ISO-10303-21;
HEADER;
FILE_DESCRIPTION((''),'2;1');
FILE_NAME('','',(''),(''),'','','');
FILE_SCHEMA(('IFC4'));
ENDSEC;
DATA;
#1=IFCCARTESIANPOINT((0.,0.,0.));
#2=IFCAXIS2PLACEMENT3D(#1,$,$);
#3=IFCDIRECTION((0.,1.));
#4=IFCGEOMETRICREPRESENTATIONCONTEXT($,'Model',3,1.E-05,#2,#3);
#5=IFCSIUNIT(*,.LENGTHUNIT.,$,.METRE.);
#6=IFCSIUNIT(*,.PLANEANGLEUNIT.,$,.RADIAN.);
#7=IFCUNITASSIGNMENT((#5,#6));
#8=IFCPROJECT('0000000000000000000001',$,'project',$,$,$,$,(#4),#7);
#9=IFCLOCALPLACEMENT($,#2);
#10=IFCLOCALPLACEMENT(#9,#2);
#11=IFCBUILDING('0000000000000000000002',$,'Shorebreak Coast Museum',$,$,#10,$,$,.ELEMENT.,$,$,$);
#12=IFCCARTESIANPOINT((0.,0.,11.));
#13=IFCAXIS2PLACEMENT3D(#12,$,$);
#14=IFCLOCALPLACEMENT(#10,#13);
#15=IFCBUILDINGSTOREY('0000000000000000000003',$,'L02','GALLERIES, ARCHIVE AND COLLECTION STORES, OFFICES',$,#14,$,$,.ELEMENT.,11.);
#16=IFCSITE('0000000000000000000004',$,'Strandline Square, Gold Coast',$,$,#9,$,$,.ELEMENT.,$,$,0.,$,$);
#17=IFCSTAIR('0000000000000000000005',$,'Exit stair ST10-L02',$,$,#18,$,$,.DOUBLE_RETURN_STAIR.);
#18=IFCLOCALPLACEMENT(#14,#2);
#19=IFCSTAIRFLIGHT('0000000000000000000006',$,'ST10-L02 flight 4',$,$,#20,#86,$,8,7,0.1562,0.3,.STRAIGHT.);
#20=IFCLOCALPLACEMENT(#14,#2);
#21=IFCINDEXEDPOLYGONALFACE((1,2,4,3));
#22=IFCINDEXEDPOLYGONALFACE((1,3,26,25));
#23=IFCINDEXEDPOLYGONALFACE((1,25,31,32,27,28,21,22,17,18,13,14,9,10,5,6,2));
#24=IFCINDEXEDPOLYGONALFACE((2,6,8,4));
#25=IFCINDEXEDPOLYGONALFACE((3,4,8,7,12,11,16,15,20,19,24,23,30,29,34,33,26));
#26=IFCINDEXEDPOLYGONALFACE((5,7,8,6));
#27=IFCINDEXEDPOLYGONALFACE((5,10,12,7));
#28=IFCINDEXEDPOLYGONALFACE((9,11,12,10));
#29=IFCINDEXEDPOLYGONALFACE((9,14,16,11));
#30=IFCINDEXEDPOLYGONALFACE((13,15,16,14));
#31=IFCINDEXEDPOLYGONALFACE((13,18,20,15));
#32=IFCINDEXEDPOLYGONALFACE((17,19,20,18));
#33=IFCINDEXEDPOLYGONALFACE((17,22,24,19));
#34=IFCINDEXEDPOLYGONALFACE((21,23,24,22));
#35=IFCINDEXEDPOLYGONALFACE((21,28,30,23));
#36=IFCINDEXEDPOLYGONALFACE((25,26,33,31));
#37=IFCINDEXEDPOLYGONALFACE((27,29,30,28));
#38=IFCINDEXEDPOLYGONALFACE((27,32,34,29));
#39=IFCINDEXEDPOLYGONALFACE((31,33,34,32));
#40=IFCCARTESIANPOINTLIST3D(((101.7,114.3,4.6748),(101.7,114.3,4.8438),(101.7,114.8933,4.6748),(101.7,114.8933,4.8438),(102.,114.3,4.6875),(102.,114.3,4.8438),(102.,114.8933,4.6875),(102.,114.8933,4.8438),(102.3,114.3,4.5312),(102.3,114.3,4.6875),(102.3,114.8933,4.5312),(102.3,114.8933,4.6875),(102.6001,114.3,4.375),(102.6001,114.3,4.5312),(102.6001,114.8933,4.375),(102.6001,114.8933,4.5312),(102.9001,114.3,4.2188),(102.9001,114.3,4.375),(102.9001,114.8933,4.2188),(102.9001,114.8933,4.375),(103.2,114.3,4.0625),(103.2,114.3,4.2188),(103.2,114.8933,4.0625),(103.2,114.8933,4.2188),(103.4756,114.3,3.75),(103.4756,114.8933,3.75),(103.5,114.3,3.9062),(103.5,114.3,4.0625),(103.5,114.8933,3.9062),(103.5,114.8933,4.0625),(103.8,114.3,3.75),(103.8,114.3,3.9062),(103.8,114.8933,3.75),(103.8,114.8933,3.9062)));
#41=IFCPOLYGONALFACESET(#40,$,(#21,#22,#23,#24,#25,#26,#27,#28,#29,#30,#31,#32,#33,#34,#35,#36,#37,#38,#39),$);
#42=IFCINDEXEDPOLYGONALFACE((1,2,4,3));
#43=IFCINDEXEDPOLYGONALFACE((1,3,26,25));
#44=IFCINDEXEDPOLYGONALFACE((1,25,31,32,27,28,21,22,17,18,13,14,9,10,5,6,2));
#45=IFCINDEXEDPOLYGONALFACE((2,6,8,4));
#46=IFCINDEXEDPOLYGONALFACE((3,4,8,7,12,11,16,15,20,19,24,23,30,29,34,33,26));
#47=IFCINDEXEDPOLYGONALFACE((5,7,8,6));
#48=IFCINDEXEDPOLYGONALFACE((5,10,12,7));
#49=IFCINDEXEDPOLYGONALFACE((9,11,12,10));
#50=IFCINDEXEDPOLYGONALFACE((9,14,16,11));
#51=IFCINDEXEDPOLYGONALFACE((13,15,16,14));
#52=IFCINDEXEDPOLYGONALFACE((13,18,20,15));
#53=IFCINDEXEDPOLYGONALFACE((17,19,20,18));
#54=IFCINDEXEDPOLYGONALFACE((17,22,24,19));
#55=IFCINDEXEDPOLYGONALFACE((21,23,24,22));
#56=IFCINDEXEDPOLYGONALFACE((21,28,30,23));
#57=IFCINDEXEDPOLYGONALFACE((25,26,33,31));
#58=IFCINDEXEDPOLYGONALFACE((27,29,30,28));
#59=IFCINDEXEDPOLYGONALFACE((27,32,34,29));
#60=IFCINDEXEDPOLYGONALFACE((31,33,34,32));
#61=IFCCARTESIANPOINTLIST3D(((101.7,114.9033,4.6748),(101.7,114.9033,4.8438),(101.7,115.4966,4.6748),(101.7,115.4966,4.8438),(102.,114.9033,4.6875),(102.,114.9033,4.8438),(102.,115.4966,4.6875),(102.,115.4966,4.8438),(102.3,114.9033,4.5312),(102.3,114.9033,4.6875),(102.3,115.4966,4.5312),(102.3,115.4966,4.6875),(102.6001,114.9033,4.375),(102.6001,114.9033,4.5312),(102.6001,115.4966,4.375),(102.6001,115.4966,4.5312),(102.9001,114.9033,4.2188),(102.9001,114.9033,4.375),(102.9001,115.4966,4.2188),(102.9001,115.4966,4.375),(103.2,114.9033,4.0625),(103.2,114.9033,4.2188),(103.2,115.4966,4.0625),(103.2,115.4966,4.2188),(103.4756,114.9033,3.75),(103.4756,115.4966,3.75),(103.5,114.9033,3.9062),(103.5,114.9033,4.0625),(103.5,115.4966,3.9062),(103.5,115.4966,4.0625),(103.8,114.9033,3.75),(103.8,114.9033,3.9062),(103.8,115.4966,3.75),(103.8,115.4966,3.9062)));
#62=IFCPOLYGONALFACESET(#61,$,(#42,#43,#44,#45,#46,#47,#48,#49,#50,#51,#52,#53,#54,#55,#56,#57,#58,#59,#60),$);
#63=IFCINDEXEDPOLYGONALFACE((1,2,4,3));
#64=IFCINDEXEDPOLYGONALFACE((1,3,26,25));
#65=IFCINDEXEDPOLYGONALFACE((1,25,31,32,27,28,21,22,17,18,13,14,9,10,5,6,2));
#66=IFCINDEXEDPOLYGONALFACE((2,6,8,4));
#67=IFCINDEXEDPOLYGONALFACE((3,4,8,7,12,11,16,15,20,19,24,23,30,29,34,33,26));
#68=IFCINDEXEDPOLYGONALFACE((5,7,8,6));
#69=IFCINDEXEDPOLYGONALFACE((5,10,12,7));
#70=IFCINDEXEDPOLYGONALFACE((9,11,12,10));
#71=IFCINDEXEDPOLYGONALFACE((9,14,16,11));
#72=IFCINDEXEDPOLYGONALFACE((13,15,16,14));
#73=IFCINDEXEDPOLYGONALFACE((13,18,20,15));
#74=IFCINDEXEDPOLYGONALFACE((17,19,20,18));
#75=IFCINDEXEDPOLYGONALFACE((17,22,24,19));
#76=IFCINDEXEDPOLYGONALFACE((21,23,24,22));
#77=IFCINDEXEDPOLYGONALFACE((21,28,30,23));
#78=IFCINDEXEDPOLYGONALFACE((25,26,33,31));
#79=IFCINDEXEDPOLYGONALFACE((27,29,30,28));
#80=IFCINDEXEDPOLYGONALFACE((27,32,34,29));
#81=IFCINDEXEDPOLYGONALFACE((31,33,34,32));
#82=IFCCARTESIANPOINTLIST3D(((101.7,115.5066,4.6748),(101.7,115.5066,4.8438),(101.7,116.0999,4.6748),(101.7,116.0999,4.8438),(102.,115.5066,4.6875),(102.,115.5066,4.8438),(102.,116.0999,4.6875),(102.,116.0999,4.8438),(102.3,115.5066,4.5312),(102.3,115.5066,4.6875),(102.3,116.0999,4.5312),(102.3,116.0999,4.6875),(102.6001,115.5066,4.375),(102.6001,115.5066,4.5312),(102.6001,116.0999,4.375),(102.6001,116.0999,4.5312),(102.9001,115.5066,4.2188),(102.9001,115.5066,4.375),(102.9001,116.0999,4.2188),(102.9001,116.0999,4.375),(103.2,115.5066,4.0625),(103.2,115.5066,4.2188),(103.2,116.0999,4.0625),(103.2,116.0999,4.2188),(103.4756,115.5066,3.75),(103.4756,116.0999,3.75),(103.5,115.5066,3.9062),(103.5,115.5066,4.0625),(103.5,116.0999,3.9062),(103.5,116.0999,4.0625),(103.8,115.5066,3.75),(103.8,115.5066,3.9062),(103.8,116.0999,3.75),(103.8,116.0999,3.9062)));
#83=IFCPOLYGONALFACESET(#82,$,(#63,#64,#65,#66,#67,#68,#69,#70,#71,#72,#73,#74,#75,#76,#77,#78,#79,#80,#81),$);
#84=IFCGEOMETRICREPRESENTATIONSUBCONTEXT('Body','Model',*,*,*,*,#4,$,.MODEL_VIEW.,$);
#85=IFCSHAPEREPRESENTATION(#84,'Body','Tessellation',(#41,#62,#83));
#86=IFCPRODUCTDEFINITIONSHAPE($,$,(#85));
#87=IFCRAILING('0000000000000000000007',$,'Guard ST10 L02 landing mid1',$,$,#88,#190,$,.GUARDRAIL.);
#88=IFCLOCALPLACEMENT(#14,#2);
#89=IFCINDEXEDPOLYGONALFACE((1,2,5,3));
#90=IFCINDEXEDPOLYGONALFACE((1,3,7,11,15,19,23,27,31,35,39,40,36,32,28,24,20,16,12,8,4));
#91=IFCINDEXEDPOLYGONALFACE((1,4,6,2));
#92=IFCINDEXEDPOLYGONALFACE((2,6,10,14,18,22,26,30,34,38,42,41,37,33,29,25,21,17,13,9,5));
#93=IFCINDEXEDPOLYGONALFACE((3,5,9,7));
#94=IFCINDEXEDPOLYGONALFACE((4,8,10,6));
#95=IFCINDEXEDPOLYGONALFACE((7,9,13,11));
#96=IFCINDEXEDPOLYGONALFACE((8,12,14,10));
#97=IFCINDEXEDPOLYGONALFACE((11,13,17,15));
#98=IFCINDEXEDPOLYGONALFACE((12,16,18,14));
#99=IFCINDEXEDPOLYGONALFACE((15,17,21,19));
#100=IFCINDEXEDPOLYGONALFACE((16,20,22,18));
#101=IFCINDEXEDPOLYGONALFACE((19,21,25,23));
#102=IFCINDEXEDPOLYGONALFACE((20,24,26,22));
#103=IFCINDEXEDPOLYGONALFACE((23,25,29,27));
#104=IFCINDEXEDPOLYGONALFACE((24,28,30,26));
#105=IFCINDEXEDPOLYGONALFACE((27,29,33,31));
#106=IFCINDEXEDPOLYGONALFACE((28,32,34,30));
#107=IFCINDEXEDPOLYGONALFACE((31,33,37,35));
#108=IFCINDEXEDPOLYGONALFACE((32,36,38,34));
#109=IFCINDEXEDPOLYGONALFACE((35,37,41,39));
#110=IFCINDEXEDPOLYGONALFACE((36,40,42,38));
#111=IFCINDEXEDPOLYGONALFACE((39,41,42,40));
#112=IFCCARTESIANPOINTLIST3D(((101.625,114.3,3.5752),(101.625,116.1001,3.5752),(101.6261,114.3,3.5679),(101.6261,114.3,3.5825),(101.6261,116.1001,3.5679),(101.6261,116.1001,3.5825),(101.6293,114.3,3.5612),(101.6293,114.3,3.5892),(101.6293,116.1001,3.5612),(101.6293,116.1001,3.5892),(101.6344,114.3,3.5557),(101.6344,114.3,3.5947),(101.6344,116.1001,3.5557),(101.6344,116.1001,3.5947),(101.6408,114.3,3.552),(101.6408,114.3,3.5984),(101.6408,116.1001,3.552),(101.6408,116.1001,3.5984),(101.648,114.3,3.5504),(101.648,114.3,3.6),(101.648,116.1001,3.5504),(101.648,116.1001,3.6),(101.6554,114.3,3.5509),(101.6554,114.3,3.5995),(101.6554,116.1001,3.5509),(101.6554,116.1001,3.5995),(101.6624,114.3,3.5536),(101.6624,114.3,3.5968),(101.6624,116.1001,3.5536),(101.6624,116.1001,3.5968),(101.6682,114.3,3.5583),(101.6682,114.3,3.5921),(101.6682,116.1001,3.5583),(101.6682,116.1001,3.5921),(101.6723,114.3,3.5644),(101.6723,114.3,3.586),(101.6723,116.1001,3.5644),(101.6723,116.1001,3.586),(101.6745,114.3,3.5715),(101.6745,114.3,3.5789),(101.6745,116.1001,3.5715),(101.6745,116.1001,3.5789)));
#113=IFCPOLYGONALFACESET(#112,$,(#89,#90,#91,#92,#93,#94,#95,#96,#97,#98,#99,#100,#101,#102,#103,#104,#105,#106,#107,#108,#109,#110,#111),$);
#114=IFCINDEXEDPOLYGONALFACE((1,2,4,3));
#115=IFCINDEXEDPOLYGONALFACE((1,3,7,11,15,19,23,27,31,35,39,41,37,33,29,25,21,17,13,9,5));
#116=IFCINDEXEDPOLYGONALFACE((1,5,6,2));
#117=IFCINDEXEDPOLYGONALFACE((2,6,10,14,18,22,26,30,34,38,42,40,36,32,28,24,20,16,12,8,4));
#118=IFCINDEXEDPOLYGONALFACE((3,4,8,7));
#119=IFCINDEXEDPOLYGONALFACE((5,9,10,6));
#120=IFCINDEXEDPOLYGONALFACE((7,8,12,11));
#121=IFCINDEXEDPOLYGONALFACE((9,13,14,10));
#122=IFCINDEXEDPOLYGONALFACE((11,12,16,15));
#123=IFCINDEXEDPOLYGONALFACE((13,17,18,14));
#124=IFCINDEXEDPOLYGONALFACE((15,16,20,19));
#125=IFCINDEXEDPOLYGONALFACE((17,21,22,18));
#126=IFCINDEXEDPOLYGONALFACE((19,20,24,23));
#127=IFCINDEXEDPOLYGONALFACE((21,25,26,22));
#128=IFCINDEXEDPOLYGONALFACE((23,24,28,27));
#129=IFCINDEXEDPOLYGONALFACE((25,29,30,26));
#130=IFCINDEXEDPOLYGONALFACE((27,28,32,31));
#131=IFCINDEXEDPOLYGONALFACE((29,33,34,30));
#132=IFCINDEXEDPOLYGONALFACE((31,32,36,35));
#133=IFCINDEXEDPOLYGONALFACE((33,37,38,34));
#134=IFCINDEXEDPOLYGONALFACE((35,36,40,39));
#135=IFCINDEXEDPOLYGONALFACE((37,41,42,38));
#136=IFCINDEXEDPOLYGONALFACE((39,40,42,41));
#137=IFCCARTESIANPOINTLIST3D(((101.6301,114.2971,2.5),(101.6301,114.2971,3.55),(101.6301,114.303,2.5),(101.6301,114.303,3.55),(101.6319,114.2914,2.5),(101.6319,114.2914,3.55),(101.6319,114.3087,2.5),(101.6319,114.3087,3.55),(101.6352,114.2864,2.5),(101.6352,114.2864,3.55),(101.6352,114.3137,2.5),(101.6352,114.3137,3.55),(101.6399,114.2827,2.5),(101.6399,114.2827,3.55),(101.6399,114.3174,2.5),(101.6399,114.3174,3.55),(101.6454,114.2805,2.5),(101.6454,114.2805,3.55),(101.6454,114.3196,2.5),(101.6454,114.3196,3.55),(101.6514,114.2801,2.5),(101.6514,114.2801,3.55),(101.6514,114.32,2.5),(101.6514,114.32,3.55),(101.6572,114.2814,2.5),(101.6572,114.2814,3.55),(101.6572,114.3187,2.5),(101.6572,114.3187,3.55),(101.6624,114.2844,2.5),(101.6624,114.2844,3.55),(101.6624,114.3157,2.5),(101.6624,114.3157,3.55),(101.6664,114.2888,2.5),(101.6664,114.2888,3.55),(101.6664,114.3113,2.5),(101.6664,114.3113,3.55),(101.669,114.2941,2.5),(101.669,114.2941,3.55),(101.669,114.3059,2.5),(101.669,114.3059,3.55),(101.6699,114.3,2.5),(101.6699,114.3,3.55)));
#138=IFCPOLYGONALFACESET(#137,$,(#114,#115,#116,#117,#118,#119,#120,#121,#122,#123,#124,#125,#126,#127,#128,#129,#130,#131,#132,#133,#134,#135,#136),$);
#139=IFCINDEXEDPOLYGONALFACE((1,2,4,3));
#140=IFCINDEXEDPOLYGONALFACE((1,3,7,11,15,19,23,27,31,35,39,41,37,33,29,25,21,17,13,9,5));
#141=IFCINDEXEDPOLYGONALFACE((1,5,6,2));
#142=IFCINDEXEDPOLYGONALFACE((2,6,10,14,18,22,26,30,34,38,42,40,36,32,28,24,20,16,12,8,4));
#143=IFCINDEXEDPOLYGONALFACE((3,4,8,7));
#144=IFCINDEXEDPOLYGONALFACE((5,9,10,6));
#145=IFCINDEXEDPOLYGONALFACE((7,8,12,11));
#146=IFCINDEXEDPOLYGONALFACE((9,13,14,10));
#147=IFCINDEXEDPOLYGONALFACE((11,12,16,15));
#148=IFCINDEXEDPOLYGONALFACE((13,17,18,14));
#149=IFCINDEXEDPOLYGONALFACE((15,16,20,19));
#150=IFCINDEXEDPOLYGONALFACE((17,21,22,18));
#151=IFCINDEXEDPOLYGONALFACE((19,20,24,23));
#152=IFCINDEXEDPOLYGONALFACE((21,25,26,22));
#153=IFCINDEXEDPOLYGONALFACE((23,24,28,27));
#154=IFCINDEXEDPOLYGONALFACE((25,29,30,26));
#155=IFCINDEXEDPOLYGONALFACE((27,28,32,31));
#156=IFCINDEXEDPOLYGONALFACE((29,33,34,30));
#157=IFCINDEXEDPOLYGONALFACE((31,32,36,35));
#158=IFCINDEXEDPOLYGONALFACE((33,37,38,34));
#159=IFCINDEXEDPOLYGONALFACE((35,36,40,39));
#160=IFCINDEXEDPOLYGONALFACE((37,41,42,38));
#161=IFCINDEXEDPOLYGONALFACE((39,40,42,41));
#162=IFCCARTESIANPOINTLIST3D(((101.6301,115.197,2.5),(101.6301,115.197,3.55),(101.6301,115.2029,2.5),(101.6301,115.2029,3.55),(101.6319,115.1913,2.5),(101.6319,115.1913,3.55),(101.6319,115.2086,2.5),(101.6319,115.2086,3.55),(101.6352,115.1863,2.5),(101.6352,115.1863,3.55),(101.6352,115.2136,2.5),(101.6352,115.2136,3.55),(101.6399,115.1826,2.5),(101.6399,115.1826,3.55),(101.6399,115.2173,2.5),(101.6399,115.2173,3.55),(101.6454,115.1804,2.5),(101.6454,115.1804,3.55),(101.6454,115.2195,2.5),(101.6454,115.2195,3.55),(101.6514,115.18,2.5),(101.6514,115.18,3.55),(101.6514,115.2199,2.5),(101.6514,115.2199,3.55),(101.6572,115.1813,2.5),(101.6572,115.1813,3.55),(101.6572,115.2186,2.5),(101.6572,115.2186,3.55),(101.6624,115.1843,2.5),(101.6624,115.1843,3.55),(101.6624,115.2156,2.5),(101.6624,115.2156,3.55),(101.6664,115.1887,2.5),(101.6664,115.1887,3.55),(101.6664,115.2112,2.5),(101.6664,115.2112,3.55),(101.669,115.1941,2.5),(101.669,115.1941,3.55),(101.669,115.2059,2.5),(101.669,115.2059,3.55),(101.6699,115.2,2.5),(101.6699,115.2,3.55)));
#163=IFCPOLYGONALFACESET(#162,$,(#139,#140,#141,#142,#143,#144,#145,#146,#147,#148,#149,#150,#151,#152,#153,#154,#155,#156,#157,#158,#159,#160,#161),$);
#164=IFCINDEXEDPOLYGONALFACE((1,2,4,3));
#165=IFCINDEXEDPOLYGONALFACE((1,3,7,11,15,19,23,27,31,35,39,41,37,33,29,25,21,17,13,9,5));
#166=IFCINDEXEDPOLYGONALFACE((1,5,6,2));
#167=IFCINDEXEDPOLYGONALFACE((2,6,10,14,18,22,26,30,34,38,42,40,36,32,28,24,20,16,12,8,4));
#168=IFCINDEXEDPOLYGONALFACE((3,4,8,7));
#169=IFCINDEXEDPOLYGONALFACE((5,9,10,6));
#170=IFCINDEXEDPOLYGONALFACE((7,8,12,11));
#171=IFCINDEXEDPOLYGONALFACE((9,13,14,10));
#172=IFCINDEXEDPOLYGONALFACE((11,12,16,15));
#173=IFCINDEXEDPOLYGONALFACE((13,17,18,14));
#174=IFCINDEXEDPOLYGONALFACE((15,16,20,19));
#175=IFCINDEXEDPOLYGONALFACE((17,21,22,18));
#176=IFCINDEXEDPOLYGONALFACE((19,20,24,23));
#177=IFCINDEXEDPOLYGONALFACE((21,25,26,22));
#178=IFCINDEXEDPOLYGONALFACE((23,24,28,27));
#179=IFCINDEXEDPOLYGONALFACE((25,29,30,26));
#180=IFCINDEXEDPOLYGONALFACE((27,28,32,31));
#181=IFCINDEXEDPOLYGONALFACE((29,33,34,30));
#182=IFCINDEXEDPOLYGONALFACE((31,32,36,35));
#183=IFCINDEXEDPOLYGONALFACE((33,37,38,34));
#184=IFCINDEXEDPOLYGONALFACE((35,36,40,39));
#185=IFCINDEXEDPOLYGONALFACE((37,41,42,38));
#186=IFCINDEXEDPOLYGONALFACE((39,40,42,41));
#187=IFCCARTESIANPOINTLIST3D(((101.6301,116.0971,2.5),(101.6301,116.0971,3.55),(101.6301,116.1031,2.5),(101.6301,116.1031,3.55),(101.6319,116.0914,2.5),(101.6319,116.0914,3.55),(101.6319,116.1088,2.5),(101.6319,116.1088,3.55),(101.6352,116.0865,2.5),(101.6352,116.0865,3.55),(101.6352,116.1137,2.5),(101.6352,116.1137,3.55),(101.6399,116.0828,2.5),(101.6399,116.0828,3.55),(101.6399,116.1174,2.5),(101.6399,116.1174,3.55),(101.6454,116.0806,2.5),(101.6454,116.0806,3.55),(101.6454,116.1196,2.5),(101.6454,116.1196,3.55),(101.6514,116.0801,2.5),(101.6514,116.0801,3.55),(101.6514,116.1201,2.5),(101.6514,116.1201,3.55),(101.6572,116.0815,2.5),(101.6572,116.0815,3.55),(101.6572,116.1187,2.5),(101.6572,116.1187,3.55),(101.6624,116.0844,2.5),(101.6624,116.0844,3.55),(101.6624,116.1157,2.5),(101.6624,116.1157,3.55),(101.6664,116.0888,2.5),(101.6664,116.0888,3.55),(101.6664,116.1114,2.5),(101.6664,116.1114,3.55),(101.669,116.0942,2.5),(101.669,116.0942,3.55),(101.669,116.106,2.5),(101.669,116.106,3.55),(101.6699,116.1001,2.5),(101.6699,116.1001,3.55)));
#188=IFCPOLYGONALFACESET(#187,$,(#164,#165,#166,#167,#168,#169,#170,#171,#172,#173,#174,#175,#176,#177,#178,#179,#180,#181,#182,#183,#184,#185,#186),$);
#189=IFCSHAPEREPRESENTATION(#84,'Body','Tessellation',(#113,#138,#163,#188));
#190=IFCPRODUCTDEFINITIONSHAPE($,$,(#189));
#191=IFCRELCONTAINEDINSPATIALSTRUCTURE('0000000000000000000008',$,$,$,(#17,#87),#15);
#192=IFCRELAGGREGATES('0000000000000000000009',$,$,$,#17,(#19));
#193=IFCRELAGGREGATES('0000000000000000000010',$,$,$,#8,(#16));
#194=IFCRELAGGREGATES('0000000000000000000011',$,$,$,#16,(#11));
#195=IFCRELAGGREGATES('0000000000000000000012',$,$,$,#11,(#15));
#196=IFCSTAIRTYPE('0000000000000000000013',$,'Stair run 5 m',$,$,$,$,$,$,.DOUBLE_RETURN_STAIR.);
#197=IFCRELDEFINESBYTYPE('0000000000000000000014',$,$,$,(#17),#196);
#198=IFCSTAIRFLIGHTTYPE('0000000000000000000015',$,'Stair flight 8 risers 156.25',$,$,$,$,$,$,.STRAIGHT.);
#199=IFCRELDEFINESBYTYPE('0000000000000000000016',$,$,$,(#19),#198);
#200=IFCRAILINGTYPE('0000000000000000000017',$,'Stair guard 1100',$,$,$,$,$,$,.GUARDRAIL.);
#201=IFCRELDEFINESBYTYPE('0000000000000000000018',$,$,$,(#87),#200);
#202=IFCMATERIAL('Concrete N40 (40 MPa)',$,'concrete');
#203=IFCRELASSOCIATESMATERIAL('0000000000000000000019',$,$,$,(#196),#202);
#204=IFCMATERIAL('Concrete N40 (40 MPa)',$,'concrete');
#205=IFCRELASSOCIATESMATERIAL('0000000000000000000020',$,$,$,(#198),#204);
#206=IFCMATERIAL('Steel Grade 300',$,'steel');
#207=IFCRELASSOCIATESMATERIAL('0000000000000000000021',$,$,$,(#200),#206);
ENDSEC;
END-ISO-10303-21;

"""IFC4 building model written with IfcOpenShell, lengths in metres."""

from ifc_helpers import new_model, si_unit, direction, frame, origin, origin_2d, place, context, subcontext, project, spatial, polyline, circle, outline, extrude, material, type_object, element, aggregate, save


model = new_model("IFC4")

# Units and contexts
model_context = context("Model", 3, precision=1e-05, world=origin(), true_north=direction((0.0, 1.0)))
body_context = subcontext(model_context, "Body", "Model", "MODEL_VIEW")
ifc_project = project(units=[si_unit("LENGTHUNIT", "METRE"), si_unit("PLANEANGLEUNIT", "RADIAN")], contexts=[model_context])

# Site, building, storey
site_placement = place(None, origin())
site = spatial("IfcSite", under=ifc_project, at=site_placement, Name="Strandline Square, Gold Coast", CompositionType="ELEMENT", RefElevation=0.0)
building_placement = place(site_placement, origin())
building = spatial("IfcBuilding", under=site, at=building_placement, Name="Shorebreak Coast Museum", CompositionType="ELEMENT")
storey_placement = place(building_placement, frame((0.0, 0.0, 11.0)))
storey = spatial("IfcBuildingStorey", under=building, at=storey_placement, Name="L02", Description="GALLERIES, ARCHIVE AND COLLECTION STORES, OFFICES", CompositionType="ELEMENT", Elevation=11.0)

# Stair, stair flight
ifc_material_1 = material(Name="Concrete N40 (40 MPa)", Category="concrete")
stair_type = type_object("IfcStairType", Name="Stair run 5 m", PredefinedType="DOUBLE_RETURN_STAIR", material=ifc_material_1)
stair_placement = place(storey_placement, origin())
stair = element("IfcStair", 1, at=stair_placement, inside=storey, type_object=stair_type, Name="Exit stair ST10-L02", PredefinedType="DOUBLE_RETURN_STAIR")
ifc_material_2 = material(Name="Concrete N40 (40 MPa)", Category="concrete")
stair_flight_type = type_object("IfcStairFlightType", Name="Stair flight 8 risers 156.25", PredefinedType="STRAIGHT", material=ifc_material_2)
stair_flight_1_placement = place(storey_placement, frame((103.8, 115.2, 3.75), z_axis=(0.0, 0.0, 1.0), x_axis=(-1.0, 0.0, 0.0)))
stair_flight_1 = element("IfcStairFlight", 2, at=stair_flight_1_placement, type_object=stair_flight_type, Name="ST10-L02 flight 4", NumberOfRisers=8, NumberOfTreads=7, PredefinedType="STRAIGHT", RiserHeight=0.1562, TreadLength=0.3, context=body_context, shape_type="SweptSolid", body=[
    extrude(outline(polyline([(0.0, 0.0), (0.0, 0.1562), (0.3, 0.1562), (0.3, 0.3125), (0.6001, 0.3125), (0.6001, 0.4688), (0.8999, 0.4688), (0.8999, 0.625), (1.2, 0.625), (1.2, 0.7812), (1.5, 0.7812), (1.5, 0.9375), (1.8, 0.9375), (1.8, 1.0938), (2.1001, 1.0938), (2.1001, 1.25), (2.1001, 0.9248), (0.3245, 0.0), (0.0, 0.0)])), frame((0.0, 0.8999, 0.0), z_axis=(0.0, -1.0, 0.0), x_axis=(1.0, 0.0, 0.0)), (0.0, 0.0, 1.0), 0.5933),
    extrude(outline(polyline([(0.0, 0.0), (0.0, 0.1562), (0.3, 0.1562), (0.3, 0.3125), (0.6001, 0.3125), (0.6001, 0.4688), (0.8999, 0.4688), (0.8999, 0.625), (1.2, 0.625), (1.2, 0.7812), (1.5, 0.7812), (1.5, 0.9375), (1.8, 0.9375), (1.8, 1.0938), (2.1001, 1.0938), (2.1001, 1.25), (2.1001, 0.9248), (0.3245, 0.0), (0.0, 0.0)])), frame((0.0, 0.2966, 0.0), z_axis=(0.0, -1.0, 0.0), x_axis=(1.0, 0.0, 0.0)), (0.0, 0.0, 1.0), 0.5933),
    extrude(outline(polyline([(0.0, 0.0), (0.0, 0.1562), (0.3, 0.1562), (0.3, 0.3125), (0.6001, 0.3125), (0.6001, 0.4688), (0.8999, 0.4688), (0.8999, 0.625), (1.2, 0.625), (1.2, 0.7812), (1.5, 0.7812), (1.5, 0.9375), (1.8, 0.9375), (1.8, 1.0938), (2.1001, 1.0938), (2.1001, 1.25), (2.1001, 0.9248), (0.3245, 0.0), (0.0, 0.0)])), frame((0.0, -0.3066, 0.0), z_axis=(0.0, -1.0, 0.0), x_axis=(1.0, 0.0, 0.0)), (0.0, 0.0, 1.0), 0.5933),
])
aggregate(stair, [stair_flight_1])

# Railing
ifc_material_3 = material(Name="Steel Grade 300", Category="steel")
railing_type_1 = type_object("IfcRailingType", Name="Stair guard 1100", PredefinedType="GUARDRAIL", material=ifc_material_3)
railing_1_placement = place(storey_placement, frame((101.6499, 114.3, 2.5)))
element("IfcRailing", 3, at=railing_1_placement, inside=storey, type_object=railing_type_1, Name="Guard ST10 L02 landing mid1", PredefinedType="GUARDRAIL", context=body_context, shape_type="SweptSolid", body=[
    extrude(circle(Radius=0.0249, at=origin_2d()), frame((0.0, 0.0, 1.0752), z_axis=(0.0, 1.0, 0.0), x_axis=(-1.0, 0.0, 0.0)), (0.0, 0.0, 1.0), 1.8),
    extrude(circle(Radius=0.02, at=origin_2d()), origin(), (0.0, 0.0, 1.0), 1.05),
    extrude(circle(Radius=0.02, at=origin_2d()), frame((0.0, 0.8999, 0.0)), (0.0, 0.0, 1.0), 1.05),
    extrude(circle(Radius=0.02, at=origin_2d()), frame((0.0, 1.8, 0.0)), (0.0, 0.0, 1.0), 1.05),
])

save(model, "model.ifc")
